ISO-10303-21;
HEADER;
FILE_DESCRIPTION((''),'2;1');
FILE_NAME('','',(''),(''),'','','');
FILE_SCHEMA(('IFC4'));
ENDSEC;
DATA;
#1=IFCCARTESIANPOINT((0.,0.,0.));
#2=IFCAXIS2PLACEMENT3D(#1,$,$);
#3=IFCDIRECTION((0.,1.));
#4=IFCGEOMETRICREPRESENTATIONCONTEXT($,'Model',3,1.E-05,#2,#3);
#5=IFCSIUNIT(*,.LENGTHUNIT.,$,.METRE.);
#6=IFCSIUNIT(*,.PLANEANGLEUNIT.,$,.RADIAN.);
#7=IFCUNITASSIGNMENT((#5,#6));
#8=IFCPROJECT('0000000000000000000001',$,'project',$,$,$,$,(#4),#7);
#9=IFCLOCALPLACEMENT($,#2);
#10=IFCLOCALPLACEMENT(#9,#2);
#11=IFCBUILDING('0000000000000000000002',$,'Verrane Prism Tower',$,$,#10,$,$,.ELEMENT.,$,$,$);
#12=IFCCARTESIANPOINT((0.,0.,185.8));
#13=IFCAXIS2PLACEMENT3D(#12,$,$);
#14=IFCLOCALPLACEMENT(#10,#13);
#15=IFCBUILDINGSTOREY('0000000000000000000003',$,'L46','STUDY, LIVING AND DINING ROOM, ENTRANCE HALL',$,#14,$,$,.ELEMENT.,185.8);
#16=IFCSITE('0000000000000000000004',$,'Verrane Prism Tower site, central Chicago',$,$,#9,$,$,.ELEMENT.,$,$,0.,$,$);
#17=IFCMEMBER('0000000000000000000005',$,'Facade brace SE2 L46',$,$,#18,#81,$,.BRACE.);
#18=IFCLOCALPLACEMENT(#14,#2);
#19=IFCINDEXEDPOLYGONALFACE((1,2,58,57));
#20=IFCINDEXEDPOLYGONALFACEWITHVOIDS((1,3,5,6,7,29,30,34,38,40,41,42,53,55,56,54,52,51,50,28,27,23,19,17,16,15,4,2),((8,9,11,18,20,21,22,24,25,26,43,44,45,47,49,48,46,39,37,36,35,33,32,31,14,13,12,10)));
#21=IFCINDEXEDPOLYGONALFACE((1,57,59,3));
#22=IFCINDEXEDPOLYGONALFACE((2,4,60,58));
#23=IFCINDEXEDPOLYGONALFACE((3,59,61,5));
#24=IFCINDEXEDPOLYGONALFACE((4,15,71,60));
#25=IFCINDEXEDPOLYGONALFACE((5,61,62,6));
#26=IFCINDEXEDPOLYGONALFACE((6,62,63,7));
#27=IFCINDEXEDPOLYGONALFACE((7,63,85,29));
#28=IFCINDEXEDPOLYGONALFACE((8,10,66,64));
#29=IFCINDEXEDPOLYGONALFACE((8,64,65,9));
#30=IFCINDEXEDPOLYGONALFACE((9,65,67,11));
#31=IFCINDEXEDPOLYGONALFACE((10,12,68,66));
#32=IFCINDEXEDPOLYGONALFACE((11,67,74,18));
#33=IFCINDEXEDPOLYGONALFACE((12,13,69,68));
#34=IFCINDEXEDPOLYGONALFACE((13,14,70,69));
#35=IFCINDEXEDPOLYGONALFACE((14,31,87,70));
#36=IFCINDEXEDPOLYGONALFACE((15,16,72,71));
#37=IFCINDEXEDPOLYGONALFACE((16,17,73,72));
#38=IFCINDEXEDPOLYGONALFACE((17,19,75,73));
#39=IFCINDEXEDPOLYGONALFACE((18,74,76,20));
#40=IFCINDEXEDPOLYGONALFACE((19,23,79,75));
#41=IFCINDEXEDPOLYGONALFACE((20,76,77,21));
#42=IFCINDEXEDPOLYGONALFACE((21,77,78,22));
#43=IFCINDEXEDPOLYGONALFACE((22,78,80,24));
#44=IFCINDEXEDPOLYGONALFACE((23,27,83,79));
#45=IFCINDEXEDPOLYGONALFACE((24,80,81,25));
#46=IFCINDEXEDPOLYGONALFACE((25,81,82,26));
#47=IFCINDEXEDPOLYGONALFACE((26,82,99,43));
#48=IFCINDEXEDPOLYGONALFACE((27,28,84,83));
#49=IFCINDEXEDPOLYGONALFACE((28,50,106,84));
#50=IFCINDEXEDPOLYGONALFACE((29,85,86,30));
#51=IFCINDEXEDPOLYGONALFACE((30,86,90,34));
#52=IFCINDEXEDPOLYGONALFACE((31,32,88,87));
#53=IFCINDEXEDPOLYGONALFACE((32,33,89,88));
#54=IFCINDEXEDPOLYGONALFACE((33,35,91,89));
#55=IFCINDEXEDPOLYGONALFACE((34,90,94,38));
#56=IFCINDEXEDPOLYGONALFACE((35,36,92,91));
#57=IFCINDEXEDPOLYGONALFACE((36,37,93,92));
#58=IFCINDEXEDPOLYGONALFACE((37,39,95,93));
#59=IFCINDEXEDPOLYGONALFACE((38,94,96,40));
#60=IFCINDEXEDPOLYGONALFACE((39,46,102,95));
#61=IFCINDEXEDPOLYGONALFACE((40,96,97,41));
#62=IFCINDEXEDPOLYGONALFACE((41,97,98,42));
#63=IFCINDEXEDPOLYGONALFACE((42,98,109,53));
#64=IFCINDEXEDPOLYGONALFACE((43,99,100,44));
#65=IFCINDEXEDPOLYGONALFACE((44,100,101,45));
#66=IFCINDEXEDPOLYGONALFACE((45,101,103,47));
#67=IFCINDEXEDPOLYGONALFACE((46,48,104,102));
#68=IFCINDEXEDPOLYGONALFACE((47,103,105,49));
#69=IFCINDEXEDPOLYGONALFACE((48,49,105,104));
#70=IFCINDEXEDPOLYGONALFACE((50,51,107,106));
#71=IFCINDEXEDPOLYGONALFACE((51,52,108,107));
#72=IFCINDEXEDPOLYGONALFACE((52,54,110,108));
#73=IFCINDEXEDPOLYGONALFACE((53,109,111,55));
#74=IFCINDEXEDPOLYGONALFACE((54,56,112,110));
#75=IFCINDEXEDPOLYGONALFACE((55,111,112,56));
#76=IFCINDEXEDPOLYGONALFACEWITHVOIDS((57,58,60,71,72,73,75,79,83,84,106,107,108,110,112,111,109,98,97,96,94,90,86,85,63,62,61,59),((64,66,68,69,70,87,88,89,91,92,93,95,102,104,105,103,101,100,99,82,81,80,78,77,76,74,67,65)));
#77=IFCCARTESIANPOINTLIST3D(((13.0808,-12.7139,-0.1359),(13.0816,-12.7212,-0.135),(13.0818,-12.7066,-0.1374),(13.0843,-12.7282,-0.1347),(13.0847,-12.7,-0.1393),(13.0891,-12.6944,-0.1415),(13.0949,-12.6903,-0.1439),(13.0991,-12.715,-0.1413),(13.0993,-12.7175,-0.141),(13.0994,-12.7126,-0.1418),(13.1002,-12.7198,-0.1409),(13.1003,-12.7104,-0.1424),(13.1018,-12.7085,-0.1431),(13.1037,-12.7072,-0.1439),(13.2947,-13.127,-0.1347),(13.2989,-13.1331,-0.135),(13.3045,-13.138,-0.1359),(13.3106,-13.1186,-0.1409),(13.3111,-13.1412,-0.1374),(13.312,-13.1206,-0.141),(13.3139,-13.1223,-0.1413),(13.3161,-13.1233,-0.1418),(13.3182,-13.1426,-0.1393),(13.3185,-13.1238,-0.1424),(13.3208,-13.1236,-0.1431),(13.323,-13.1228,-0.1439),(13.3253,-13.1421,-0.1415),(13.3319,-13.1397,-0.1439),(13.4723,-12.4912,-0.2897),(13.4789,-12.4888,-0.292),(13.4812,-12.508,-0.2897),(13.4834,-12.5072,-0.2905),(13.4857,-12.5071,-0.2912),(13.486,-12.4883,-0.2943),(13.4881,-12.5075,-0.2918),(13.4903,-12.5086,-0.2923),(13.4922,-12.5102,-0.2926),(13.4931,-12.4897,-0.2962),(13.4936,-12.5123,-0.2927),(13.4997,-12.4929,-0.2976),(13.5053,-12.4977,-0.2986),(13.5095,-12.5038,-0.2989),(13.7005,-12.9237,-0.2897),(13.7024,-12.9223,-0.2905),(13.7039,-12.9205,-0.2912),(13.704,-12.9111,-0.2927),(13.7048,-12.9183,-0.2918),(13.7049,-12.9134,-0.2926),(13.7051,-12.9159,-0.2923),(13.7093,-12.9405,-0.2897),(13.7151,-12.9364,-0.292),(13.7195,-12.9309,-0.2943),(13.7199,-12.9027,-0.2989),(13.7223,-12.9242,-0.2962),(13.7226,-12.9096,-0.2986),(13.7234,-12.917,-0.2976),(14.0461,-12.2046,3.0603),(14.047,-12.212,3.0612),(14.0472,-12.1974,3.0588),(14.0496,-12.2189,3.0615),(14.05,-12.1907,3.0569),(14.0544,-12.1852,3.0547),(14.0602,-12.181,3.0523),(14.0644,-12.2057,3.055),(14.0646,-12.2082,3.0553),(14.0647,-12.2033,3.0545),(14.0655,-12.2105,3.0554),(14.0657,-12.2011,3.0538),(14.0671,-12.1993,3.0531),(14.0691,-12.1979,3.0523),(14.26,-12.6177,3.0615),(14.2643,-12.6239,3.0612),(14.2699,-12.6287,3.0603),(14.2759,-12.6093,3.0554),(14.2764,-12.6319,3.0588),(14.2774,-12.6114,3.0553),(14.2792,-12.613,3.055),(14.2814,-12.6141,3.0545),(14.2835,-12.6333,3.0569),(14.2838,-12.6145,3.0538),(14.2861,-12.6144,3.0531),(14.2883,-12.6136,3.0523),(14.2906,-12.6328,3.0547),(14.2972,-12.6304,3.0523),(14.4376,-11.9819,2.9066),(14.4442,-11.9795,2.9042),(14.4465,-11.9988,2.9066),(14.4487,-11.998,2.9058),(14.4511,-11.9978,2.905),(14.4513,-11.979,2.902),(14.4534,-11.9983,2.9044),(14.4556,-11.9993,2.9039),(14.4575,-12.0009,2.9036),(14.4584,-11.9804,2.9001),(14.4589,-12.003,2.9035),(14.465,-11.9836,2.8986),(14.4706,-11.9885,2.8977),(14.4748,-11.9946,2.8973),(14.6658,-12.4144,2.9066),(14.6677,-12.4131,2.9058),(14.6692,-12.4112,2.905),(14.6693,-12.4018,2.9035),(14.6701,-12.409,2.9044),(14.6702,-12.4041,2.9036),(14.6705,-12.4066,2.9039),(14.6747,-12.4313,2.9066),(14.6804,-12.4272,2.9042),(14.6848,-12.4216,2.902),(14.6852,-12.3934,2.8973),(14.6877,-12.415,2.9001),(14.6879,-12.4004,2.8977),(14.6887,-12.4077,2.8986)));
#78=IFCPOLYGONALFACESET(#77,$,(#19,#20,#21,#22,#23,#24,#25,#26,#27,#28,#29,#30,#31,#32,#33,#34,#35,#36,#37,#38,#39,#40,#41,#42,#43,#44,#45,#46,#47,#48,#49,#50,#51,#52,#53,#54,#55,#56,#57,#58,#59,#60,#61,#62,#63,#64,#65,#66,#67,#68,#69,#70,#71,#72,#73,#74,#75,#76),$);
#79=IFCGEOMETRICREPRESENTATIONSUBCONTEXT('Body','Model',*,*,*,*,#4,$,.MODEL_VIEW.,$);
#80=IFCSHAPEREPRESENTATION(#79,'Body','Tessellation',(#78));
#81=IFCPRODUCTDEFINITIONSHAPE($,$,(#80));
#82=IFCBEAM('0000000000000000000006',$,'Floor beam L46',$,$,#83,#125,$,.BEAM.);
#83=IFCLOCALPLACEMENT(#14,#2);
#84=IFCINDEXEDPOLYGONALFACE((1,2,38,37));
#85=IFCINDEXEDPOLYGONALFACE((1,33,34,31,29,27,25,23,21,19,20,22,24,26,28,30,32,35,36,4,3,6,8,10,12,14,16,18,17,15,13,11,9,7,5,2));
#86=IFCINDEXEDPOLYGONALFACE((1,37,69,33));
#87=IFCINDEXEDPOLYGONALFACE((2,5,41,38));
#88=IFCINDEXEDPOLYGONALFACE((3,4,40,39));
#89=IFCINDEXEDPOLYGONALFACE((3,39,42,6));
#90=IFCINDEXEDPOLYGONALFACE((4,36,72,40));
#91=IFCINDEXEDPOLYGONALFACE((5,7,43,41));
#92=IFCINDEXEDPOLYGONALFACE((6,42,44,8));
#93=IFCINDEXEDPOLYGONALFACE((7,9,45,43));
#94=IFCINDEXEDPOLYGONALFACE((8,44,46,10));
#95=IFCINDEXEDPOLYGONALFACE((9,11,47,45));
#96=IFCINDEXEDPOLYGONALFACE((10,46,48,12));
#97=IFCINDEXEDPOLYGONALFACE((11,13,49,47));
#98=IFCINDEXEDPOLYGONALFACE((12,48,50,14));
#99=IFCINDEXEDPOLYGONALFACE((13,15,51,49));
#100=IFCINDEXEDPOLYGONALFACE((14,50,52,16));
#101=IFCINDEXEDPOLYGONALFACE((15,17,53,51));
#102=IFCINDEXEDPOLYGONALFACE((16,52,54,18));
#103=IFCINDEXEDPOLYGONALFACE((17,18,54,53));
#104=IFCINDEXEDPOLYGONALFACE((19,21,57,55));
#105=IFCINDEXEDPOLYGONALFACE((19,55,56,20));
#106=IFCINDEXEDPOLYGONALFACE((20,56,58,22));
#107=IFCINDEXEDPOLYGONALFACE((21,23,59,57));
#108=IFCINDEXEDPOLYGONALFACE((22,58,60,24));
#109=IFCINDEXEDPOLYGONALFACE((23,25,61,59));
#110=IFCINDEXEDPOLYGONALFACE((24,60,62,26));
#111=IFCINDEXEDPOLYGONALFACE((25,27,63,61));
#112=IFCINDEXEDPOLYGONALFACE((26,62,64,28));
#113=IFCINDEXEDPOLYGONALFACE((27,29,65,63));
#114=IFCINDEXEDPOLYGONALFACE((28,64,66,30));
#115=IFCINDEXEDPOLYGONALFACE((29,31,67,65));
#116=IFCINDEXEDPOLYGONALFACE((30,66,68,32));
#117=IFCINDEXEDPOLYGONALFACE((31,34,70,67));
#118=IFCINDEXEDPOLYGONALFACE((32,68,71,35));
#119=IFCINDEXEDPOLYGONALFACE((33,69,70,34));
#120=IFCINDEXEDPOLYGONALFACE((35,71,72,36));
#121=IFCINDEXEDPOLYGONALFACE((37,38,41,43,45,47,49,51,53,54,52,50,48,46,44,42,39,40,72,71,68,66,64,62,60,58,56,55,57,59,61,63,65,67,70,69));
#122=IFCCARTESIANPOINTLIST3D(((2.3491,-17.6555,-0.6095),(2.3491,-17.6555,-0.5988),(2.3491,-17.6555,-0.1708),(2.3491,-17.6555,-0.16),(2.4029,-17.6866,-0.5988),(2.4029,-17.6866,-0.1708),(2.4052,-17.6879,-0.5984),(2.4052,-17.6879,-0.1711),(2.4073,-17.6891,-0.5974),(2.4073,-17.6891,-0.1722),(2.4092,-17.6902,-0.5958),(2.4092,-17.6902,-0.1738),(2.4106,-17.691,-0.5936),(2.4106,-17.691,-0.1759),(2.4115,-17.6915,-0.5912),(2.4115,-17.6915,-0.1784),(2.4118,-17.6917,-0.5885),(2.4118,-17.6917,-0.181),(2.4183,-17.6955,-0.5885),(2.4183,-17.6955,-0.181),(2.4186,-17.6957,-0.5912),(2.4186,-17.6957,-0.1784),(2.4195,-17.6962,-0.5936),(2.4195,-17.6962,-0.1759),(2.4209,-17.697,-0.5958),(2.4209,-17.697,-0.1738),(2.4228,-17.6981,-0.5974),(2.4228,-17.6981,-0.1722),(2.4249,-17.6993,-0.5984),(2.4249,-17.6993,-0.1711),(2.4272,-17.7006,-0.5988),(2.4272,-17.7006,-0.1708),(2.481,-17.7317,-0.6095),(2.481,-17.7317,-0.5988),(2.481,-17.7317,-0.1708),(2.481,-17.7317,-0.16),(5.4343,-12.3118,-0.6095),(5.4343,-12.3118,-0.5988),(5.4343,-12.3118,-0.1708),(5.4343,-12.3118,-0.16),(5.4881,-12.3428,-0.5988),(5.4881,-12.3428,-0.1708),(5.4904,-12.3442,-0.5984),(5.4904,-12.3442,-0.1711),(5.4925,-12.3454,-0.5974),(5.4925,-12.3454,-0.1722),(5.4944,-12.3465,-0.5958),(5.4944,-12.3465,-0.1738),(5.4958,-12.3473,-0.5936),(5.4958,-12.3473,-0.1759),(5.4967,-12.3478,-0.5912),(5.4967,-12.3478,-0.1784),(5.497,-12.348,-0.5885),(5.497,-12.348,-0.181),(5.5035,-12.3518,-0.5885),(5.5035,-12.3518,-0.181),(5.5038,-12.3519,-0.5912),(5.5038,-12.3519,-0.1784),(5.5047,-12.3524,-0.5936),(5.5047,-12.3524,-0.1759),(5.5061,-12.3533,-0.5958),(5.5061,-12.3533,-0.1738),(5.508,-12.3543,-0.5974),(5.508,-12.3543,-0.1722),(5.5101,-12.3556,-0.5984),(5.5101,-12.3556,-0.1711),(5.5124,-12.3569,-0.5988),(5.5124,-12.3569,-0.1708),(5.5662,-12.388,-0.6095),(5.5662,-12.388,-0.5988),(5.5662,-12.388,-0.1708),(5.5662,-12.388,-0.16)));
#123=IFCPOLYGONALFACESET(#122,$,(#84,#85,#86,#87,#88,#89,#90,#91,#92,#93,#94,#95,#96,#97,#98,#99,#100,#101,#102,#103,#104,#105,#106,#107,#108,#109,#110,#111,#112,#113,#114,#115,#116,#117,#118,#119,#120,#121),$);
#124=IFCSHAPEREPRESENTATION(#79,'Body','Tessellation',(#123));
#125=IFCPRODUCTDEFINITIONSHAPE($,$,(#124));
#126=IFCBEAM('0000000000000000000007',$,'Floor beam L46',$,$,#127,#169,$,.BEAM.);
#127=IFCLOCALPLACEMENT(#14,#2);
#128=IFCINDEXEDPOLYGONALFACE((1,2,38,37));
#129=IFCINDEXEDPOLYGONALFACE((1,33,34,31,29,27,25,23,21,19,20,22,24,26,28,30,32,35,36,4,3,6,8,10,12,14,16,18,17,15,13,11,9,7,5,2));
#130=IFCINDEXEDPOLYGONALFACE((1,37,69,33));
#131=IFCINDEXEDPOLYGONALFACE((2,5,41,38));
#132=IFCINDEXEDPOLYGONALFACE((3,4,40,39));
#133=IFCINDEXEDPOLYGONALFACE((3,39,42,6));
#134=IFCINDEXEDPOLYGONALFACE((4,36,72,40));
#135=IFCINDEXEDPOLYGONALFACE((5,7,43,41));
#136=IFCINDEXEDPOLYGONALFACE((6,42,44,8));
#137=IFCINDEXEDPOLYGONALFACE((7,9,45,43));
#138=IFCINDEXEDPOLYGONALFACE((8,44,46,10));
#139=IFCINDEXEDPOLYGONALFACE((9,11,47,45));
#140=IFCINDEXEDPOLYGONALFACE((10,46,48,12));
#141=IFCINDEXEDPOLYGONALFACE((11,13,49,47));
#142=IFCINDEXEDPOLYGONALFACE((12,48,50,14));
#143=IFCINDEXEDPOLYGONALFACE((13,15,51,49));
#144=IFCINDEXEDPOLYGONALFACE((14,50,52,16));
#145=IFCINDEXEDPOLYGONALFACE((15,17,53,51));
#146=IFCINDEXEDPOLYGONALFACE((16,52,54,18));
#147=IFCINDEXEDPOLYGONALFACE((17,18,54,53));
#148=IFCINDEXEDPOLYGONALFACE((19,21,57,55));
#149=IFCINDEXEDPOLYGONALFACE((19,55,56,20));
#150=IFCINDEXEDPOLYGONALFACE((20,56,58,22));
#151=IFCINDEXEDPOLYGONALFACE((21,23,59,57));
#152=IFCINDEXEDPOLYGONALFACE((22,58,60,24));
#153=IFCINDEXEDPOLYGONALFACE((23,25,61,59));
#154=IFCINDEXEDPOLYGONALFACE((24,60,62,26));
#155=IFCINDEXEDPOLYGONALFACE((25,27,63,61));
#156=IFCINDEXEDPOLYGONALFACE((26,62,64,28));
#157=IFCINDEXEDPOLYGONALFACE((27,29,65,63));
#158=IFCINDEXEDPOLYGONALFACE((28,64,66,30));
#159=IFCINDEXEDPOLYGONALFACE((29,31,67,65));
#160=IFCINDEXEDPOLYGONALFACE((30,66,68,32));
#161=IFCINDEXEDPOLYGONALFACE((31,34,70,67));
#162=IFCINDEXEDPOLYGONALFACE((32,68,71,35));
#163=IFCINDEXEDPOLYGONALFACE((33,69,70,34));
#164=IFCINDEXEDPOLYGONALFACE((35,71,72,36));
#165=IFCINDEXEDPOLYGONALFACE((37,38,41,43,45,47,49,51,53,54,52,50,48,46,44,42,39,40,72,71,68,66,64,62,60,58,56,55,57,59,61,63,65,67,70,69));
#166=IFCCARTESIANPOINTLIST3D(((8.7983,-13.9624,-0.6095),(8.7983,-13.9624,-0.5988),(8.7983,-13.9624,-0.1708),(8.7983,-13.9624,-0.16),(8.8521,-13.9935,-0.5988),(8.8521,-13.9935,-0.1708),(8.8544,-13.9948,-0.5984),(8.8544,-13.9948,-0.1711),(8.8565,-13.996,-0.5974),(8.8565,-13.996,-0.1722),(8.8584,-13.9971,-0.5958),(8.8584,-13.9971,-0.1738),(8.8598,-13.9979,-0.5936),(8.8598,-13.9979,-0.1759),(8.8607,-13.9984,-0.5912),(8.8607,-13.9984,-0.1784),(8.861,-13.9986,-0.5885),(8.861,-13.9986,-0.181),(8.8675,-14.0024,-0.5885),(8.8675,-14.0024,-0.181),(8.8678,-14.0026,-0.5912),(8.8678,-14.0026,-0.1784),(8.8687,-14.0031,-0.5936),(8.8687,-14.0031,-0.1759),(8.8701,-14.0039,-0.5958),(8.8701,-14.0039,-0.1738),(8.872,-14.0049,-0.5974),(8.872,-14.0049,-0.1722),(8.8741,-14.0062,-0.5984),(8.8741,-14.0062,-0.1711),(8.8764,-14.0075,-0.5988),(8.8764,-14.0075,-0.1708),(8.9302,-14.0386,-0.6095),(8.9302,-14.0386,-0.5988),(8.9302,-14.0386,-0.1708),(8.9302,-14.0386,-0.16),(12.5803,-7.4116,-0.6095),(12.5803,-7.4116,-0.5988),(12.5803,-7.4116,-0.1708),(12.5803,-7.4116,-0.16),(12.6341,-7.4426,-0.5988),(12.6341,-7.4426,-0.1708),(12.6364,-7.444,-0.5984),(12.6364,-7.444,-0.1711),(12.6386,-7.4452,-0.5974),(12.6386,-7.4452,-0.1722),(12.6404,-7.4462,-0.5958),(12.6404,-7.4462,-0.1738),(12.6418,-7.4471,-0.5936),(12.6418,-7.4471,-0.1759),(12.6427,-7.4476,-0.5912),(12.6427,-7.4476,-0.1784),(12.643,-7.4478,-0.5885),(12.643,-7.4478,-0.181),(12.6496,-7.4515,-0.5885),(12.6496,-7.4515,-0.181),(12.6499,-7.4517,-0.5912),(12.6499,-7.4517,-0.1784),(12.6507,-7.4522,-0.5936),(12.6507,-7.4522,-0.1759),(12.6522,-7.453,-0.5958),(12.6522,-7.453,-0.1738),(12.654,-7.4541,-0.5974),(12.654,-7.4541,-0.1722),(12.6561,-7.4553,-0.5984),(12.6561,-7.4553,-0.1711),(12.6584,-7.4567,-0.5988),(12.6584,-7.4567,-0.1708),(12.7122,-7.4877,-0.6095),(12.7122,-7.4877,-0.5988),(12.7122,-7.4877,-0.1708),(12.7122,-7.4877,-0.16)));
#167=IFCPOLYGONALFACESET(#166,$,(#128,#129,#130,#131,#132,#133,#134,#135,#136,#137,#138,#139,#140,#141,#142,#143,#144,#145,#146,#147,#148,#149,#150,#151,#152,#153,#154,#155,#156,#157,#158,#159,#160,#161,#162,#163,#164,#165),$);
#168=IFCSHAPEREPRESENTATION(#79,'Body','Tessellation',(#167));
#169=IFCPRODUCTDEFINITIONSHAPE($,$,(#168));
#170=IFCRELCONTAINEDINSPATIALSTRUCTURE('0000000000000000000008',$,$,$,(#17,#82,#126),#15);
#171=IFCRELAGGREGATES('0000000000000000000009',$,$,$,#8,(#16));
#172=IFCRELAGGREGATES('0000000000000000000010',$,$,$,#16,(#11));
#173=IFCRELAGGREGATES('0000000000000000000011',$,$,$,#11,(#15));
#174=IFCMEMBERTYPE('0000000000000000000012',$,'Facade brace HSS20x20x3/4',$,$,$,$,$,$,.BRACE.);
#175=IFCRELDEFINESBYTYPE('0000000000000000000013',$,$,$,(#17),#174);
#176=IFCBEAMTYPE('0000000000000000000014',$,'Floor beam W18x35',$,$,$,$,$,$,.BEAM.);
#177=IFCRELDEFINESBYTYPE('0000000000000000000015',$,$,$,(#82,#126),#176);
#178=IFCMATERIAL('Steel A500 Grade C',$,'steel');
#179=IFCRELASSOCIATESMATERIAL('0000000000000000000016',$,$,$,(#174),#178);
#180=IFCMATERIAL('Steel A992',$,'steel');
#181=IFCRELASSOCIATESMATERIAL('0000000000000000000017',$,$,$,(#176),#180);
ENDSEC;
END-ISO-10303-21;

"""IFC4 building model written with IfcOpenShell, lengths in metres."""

from ifc_helpers import new_model, si_unit, direction, frame, origin, origin_2d, place, context, subcontext, project, spatial, hollow_rectangle, i_section, extrude, material, material_profile, profile_set, type_object, element, save


model = new_model("IFC4")

# Units and contexts
model_context = context("Model", 3, precision=1e-05, world=origin(), true_north=direction((0.0, 1.0)))
body_context = subcontext(model_context, "Body", "Model", "MODEL_VIEW")
ifc_project = project(units=[si_unit("LENGTHUNIT", "METRE"), si_unit("PLANEANGLEUNIT", "RADIAN")], contexts=[model_context])

# Site, building, storey
site_placement = place(None, origin())
site = spatial("IfcSite", under=ifc_project, at=site_placement, Name="Verrane Prism Tower site, central Chicago", CompositionType="ELEMENT", RefElevation=0.0)
building_placement = place(site_placement, origin())
building = spatial("IfcBuilding", under=site, at=building_placement, Name="Verrane Prism Tower", CompositionType="ELEMENT")
storey_placement = place(building_placement, frame((0.0, 0.0, 185.8)))
storey = spatial("IfcBuildingStorey", under=building, at=storey_placement, Name="L46", Description="STUDY, LIVING AND DINING ROOM, ENTRANCE HALL", CompositionType="ELEMENT", Elevation=185.8)

# Member
ifc_material_1 = material(Name="Steel A500 Grade C", Category="steel")
ifc_material_profile_1 = material_profile(ifc_material_1, hollow_rectangle(XDim=0.5081, YDim=0.5081, WallThickness=0.019, InnerFilletRadius=0.0095, OuterFilletRadius=0.0286, at=origin_2d()), Name="HSS20x20x3/4")
ifc_profile_set_1 = profile_set([ifc_material_profile_1], Name="Steel A500 Grade C")
member_type_1 = type_object("IfcMemberType", Name="Facade brace HSS20x20x3/4", PredefinedType="BRACE", material=ifc_profile_set_1)
member_1_placement = place(storey_placement, frame((13.4021, -12.8154, -0.2168), z_axis=(0.285813, 0.150785, 0.946348), x_axis=(-0.466613, 0.884462, 0.0)))
element("IfcMember", 1, at=member_1_placement, inside=storey, type_object=member_type_1, Name="Facade brace SE2 L46", PredefinedType="BRACE", context=body_context, shape_type="SweptSolid", body=[
    extrude(hollow_rectangle(XDim=0.5081, YDim=0.5081, WallThickness=0.019, InnerFilletRadius=0.0095, OuterFilletRadius=0.0286, at=origin_2d()), origin(), (0.0, 0.0, 1.0), 3.3774),
])

# Beams
ifc_material_2 = material(Name="Steel A992", Category="steel")
ifc_material_profile_2 = material_profile(ifc_material_2, i_section(OverallWidth=0.1523, OverallDepth=0.4495, WebThickness=0.0076, FlangeThickness=0.0107, FilletRadius=0.0103, at=origin_2d()), Name="W18x35")
ifc_profile_set_2 = profile_set([ifc_material_profile_2], Name="Steel A992")
beam_type_1 = type_object("IfcBeamType", Name="Floor beam W18x35", PredefinedType="BEAM", material=ifc_profile_set_2)
beam_1_placement = place(storey_placement, frame((2.415, -17.6936, -0.3848), z_axis=(0.499999, 0.866026, 0.0), x_axis=(-0.866026, 0.499999, 0.0)))
element("IfcBeam", 2, at=beam_1_placement, inside=storey, type_object=beam_type_1, Name="Floor beam L46", PredefinedType="BEAM", context=body_context, shape_type="SweptSolid", body=[
    extrude(i_section(OverallWidth=0.1523, OverallDepth=0.4495, WebThickness=0.0076, FlangeThickness=0.0107, FilletRadius=0.0103, at=origin_2d()), origin(), (0.0, 0.0, 1.0), 6.1704),
])
beam_2_placement = place(storey_placement, frame((8.8643, -14.0005, -0.3848), z_axis=(0.499989, 0.866032, 0.0), x_axis=(-0.866032, 0.499989, 0.0)))
element("IfcBeam", 3, at=beam_2_placement, inside=storey, type_object=beam_type_1, Name="Floor beam L46", PredefinedType="BEAM", context=body_context, shape_type="SweptSolid", body=[
    extrude(i_section(OverallWidth=0.1523, OverallDepth=0.4495, WebThickness=0.0076, FlangeThickness=0.0107, FilletRadius=0.0103, at=origin_2d()), origin(), (0.0, 0.0, 1.0), 7.5642),
])

save(model, "model.ifc")
